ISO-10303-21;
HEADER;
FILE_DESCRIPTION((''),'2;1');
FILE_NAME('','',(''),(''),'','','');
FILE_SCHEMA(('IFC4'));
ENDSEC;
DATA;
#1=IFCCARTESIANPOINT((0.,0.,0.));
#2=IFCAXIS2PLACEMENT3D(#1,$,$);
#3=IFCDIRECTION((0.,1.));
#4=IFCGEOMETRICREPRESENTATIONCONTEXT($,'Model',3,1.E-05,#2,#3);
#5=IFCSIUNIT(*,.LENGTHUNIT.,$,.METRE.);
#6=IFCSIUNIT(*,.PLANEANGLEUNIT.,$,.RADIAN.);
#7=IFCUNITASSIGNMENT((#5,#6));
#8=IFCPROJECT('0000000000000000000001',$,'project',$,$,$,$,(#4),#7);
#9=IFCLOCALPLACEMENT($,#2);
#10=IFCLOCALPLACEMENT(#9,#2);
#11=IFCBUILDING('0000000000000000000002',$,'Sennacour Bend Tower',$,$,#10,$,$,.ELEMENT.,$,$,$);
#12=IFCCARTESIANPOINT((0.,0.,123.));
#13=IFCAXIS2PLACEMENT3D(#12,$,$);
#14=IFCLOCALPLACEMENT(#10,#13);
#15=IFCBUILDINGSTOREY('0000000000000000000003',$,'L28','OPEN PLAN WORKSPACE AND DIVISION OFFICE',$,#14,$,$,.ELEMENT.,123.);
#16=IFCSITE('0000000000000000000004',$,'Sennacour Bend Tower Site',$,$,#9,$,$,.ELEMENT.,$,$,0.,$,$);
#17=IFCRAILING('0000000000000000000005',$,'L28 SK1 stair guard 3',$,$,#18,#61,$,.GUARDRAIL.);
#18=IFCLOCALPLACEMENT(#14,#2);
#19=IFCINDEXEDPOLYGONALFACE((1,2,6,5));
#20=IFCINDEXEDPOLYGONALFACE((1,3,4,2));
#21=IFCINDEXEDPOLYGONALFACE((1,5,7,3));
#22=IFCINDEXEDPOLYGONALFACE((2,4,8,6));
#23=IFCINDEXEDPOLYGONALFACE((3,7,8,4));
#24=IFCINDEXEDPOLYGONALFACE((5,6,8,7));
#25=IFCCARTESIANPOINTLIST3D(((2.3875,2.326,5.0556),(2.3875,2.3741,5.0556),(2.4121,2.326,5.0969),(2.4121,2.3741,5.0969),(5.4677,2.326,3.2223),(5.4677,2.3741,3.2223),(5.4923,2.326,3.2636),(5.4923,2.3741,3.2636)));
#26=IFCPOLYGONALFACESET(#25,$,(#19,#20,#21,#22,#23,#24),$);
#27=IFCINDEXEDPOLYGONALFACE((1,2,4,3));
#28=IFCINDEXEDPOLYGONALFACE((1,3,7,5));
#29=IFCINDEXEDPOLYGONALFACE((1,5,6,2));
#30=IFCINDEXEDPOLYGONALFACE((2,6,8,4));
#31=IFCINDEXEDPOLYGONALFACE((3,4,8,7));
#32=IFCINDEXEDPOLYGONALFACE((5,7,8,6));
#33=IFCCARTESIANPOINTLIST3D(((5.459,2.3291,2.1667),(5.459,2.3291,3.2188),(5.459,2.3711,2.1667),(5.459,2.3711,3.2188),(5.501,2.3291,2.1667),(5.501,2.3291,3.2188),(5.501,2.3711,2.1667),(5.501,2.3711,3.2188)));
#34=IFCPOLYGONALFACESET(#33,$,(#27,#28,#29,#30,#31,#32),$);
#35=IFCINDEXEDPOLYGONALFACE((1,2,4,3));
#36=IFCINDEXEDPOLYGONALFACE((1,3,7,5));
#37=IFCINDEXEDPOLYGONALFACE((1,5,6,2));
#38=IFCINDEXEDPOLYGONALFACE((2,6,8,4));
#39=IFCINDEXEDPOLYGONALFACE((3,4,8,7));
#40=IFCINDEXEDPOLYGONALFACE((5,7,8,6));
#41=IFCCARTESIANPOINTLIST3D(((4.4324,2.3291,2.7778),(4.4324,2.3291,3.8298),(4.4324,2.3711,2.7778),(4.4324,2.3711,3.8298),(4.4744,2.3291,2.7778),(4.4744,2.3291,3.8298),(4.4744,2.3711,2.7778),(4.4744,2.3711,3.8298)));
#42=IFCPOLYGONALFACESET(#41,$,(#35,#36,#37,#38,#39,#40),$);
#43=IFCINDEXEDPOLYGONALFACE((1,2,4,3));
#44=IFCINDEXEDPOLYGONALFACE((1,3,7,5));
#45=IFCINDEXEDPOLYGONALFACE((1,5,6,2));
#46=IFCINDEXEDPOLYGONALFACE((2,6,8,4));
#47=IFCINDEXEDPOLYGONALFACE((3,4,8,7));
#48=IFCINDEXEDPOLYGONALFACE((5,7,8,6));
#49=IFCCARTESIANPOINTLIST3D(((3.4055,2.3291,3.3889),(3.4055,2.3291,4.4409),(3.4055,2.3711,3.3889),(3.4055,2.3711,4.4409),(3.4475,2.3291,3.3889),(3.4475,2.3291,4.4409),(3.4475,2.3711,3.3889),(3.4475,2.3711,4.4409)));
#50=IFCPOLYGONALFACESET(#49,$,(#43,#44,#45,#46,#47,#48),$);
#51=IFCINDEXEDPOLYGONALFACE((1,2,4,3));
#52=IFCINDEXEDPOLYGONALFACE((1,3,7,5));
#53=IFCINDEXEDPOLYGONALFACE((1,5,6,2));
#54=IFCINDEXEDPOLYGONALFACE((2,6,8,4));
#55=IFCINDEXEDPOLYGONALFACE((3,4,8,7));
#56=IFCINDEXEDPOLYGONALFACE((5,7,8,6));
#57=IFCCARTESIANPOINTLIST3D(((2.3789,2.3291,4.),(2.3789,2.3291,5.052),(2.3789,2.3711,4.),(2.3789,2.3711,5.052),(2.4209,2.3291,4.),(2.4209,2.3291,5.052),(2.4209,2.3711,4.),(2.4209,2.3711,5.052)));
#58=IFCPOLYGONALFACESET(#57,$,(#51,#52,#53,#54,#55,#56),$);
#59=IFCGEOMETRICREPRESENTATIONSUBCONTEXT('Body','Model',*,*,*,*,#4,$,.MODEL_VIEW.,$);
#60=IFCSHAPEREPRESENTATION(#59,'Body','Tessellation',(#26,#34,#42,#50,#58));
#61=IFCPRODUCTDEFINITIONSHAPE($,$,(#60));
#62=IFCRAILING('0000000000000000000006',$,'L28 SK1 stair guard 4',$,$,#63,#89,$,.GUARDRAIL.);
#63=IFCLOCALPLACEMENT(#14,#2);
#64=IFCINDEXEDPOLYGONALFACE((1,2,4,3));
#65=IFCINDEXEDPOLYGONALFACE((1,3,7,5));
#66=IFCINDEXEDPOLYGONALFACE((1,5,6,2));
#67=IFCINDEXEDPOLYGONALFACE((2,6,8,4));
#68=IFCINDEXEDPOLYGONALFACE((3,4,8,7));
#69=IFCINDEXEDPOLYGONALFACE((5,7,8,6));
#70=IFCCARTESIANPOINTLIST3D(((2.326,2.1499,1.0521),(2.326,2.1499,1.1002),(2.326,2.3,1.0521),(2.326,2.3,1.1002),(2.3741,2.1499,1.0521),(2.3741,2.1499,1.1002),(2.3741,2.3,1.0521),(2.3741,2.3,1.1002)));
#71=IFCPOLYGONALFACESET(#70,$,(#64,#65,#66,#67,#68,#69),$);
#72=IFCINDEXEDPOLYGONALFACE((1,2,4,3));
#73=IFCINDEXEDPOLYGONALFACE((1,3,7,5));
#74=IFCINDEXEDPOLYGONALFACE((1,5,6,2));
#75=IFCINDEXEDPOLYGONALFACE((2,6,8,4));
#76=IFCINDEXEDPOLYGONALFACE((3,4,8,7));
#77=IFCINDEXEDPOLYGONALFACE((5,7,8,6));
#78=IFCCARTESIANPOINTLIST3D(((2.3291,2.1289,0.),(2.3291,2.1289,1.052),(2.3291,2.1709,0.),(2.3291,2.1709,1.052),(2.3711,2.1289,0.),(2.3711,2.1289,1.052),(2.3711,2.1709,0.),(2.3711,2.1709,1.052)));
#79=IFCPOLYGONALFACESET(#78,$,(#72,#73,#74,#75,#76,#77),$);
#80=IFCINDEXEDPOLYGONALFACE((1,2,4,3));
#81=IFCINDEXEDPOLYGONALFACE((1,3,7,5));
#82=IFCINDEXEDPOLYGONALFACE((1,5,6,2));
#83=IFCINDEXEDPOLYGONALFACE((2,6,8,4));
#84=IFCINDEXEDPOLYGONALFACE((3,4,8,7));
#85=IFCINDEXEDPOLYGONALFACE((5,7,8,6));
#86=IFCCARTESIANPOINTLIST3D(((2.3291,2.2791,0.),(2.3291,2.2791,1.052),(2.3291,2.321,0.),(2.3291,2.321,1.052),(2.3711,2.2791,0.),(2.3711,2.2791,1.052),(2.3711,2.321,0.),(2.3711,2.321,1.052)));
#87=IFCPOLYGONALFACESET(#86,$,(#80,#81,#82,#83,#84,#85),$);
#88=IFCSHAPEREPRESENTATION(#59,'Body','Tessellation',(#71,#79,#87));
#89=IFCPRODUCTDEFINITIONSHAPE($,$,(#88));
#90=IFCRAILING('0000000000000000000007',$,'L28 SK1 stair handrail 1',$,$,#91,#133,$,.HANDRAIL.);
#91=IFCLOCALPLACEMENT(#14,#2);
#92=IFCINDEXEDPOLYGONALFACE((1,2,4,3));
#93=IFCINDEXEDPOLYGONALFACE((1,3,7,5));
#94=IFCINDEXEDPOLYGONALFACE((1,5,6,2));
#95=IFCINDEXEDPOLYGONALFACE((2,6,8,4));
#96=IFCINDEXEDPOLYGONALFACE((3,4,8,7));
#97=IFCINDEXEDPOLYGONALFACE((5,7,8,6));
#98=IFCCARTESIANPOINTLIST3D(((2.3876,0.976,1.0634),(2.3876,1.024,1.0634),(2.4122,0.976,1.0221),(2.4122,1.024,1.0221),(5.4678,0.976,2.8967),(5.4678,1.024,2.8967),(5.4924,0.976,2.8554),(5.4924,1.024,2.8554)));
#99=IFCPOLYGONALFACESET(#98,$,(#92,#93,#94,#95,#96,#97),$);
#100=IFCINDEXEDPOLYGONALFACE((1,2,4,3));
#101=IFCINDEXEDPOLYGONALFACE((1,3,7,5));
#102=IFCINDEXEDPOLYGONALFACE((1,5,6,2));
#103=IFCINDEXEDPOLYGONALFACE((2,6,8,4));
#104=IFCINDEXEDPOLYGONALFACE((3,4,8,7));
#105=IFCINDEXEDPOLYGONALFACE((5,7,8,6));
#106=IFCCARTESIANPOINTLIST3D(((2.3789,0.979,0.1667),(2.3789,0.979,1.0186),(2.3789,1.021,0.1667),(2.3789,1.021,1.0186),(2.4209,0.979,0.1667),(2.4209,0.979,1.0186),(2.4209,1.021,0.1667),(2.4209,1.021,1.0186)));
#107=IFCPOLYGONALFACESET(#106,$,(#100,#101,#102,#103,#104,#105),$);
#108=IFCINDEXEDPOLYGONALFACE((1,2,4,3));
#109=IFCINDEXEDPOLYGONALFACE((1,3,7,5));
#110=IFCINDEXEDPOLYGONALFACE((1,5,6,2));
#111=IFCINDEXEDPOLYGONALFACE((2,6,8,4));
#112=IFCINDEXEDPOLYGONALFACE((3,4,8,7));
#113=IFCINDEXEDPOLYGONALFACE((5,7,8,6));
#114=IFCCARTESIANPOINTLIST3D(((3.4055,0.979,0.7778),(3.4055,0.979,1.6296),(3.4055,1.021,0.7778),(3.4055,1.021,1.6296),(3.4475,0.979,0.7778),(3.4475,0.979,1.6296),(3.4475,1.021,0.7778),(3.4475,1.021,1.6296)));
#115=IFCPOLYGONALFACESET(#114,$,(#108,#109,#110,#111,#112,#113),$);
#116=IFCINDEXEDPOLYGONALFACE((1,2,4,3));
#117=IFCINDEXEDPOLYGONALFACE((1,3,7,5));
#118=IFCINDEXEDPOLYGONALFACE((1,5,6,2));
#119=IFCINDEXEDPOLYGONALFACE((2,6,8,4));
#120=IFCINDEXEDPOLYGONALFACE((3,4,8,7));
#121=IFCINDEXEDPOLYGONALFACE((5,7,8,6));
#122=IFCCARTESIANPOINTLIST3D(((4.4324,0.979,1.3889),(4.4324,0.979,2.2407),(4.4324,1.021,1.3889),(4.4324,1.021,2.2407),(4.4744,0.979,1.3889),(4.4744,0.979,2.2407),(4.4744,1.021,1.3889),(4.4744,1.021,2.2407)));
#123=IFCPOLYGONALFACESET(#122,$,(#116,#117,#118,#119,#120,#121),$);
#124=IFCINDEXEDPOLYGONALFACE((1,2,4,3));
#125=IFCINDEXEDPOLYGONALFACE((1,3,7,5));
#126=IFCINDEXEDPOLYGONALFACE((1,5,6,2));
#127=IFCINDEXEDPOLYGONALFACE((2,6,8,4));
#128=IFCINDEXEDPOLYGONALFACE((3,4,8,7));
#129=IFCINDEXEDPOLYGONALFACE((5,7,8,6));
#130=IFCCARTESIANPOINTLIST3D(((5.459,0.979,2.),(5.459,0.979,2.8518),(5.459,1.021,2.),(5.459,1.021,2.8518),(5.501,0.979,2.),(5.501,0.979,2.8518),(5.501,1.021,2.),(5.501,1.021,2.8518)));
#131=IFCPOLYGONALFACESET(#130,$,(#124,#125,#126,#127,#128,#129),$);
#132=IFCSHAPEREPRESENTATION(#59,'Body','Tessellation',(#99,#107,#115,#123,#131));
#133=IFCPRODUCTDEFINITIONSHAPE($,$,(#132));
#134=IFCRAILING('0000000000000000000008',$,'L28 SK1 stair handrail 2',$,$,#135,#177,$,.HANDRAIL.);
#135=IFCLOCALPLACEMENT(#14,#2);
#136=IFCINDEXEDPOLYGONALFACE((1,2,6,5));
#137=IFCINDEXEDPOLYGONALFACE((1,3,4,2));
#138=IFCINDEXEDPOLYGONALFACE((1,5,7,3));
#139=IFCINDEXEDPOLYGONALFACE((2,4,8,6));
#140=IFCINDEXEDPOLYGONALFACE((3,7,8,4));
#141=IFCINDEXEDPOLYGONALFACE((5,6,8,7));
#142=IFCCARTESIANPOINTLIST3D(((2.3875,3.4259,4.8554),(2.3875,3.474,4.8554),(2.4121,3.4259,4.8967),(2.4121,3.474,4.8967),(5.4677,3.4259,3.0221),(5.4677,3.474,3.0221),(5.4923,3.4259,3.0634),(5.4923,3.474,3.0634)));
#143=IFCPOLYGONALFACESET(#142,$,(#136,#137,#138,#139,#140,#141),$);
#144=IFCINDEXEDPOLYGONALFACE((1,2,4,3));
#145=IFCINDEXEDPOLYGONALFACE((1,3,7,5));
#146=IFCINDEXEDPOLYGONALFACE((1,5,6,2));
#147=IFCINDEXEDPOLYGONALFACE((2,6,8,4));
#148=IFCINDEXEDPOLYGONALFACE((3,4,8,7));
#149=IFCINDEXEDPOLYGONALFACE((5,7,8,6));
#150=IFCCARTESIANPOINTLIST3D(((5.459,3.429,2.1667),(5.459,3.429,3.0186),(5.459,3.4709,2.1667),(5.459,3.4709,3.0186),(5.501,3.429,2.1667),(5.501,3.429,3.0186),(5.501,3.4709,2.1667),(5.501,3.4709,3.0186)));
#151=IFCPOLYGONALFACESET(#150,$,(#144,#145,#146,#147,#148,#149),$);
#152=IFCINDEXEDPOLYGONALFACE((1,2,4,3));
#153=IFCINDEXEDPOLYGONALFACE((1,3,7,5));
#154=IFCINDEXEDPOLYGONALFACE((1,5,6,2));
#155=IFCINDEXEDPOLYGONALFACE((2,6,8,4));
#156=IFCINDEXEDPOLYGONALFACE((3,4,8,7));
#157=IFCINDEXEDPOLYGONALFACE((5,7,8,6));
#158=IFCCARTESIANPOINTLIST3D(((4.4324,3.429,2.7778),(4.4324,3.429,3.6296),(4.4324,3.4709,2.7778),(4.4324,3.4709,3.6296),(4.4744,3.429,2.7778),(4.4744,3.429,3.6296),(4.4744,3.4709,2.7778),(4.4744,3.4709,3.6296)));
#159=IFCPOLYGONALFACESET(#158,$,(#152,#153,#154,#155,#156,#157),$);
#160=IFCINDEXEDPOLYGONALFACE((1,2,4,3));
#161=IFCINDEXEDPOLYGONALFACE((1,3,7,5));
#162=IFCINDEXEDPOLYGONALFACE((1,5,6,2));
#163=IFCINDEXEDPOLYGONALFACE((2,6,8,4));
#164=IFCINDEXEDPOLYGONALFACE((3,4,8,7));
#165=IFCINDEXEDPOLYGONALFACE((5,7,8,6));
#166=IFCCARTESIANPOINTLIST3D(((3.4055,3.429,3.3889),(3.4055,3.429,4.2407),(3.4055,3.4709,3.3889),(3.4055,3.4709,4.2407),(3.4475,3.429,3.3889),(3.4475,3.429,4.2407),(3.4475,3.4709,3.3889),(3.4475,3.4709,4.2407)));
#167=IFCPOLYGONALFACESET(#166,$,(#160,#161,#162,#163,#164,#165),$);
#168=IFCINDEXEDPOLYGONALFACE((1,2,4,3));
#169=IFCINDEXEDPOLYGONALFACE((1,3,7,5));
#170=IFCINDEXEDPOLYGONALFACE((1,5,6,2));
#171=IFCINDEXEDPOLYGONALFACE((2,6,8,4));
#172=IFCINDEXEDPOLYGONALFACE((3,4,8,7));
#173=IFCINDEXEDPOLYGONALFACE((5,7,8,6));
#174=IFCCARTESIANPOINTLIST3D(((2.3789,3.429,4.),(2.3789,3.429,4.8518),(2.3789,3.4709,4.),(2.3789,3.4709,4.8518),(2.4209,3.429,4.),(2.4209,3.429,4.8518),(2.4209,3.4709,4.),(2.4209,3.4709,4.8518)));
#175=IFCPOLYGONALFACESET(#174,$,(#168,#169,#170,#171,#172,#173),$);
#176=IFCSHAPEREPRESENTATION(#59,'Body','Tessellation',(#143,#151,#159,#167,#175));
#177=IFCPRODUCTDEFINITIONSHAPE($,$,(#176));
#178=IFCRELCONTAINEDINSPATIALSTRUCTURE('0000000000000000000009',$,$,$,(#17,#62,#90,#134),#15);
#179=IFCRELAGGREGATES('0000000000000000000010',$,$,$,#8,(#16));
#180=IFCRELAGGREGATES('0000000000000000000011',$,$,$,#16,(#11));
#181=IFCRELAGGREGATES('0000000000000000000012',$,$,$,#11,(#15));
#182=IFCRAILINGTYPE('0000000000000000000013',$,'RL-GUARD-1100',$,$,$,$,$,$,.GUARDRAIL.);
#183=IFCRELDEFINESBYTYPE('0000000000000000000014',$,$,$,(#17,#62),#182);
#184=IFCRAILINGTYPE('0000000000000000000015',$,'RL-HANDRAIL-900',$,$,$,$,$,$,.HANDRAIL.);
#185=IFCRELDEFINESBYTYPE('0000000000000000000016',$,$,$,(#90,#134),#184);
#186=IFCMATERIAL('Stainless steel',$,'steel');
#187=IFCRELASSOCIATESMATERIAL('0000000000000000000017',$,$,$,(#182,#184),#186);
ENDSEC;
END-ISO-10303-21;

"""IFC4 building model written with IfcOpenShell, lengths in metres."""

from ifc_helpers import new_model, si_unit, direction, frame, origin, origin_2d, place, context, subcontext, project, spatial, rectangle, extrude, material, type_object, element, save


model = new_model("IFC4")

# Units and contexts
model_context = context("Model", 3, precision=1e-05, world=origin(), true_north=direction((0.0, 1.0)))
body_context = subcontext(model_context, "Body", "Model", "MODEL_VIEW")
ifc_project = project(units=[si_unit("LENGTHUNIT", "METRE"), si_unit("PLANEANGLEUNIT", "RADIAN")], contexts=[model_context])

# Site, building, storey
site_placement = place(None, origin())
site = spatial("IfcSite", under=ifc_project, at=site_placement, Name="Sennacour Bend Tower Site", CompositionType="ELEMENT", RefElevation=0.0)
building_placement = place(site_placement, origin())
building = spatial("IfcBuilding", under=site, at=building_placement, Name="Sennacour Bend Tower", CompositionType="ELEMENT")
storey_placement = place(building_placement, frame((0.0, 0.0, 123.0)))
storey = spatial("IfcBuildingStorey", under=building, at=storey_placement, Name="L28", Description="OPEN PLAN WORKSPACE AND DIVISION OFFICE", CompositionType="ELEMENT", Elevation=123.0)

# Railings
ifc_material_1 = material(Name="Stainless steel", Category="steel")
railing_type_1 = type_object("IfcRailingType", Name="RL-GUARD-1100", PredefinedType="GUARDRAIL", material=ifc_material_1)
railing_1_placement = place(storey_placement, frame((5.48, 2.3501, 2.1667)))
element("IfcRailing", 1, at=railing_1_placement, inside=storey, type_object=railing_type_1, Name="L28 SK1 stair guard 3", PredefinedType="GUARDRAIL", context=body_context, shape_type="SweptSolid", body=[
    extrude(rectangle(XDim=0.0481, YDim=0.0481, at=origin_2d()), frame((0.0, 0.0, 1.0762), z_axis=(-0.859309, 0.0, 0.511458), x_axis=(0.0, -1.0, 0.0)), (0.0, 0.0, 1.0), 3.5845),
    extrude(rectangle(XDim=0.042, YDim=0.042, at=origin_2d()), origin(), (0.0, 0.0, 1.0), 1.052),
    extrude(rectangle(XDim=0.042, YDim=0.042, at=origin_2d()), frame((-1.0266, 0.0, 0.6111)), (0.0, 0.0, 1.0), 1.052),
    extrude(rectangle(XDim=0.042, YDim=0.042, at=origin_2d()), frame((-2.0535, 0.0, 1.2222)), (0.0, 0.0, 1.0), 1.052),
    extrude(rectangle(XDim=0.042, YDim=0.042, at=origin_2d()), frame((-3.0801, 0.0, 1.8333)), (0.0, 0.0, 1.0), 1.052),
])
railing_2_placement = place(storey_placement, frame((2.3501, 2.1499, 0.0)))
element("IfcRailing", 2, at=railing_2_placement, inside=storey, type_object=railing_type_1, Name="L28 SK1 stair guard 4", PredefinedType="GUARDRAIL", context=body_context, shape_type="SweptSolid", body=[
    extrude(rectangle(XDim=0.0481, YDim=0.0481, at=origin_2d()), frame((0.0, 0.0, 1.0762), z_axis=(0.0, 1.0, 0.0), x_axis=(-1.0, 0.0, 0.0)), (0.0, 0.0, 1.0), 0.1501),
    extrude(rectangle(XDim=0.042, YDim=0.042, at=origin_2d()), origin(), (0.0, 0.0, 1.0), 1.052),
    extrude(rectangle(XDim=0.042, YDim=0.042, at=origin_2d()), frame((0.0, 0.1501, 0.0)), (0.0, 0.0, 1.0), 1.052),
])
railing_type_2 = type_object("IfcRailingType", Name="RL-HANDRAIL-900", PredefinedType="HANDRAIL", material=ifc_material_1)
railing_3_placement = place(storey_placement, frame((2.3999, 1.0, 0.1667)))
element("IfcRailing", 3, at=railing_3_placement, inside=storey, type_object=railing_type_2, Name="L28 SK1 stair handrail 1", PredefinedType="HANDRAIL", context=body_context, shape_type="SweptSolid", body=[
    extrude(rectangle(XDim=0.0481, YDim=0.0481, at=origin_2d()), frame((0.0, 0.0, 0.876), z_axis=(0.859309, 0.0, 0.511458), x_axis=(0.0, 1.0, 0.0)), (0.0, 0.0, 1.0), 3.5845),
    extrude(rectangle(XDim=0.042, YDim=0.042, at=origin_2d()), origin(), (0.0, 0.0, 1.0), 0.8518),
    extrude(rectangle(XDim=0.042, YDim=0.042, at=origin_2d()), frame((1.0266, 0.0, 0.6111)), (0.0, 0.0, 1.0), 0.8518),
    extrude(rectangle(XDim=0.042, YDim=0.042, at=origin_2d()), frame((2.0535, 0.0, 1.2222)), (0.0, 0.0, 1.0), 0.8518),
    extrude(rectangle(XDim=0.042, YDim=0.042, at=origin_2d()), frame((3.0801, 0.0, 1.8333)), (0.0, 0.0, 1.0), 0.8518),
])
railing_4_placement = place(storey_placement, frame((5.48, 3.45, 2.1667)))
element("IfcRailing", 4, at=railing_4_placement, inside=storey, type_object=railing_type_2, Name="L28 SK1 stair handrail 2", PredefinedType="HANDRAIL", context=body_context, shape_type="SweptSolid", body=[
    extrude(rectangle(XDim=0.0481, YDim=0.0481, at=origin_2d()), frame((0.0, 0.0, 0.876), z_axis=(-0.859309, 0.0, 0.511458), x_axis=(0.0, -1.0, 0.0)), (0.0, 0.0, 1.0), 3.5845),
    extrude(rectangle(XDim=0.042, YDim=0.042, at=origin_2d()), origin(), (0.0, 0.0, 1.0), 0.8518),
    extrude(rectangle(XDim=0.042, YDim=0.042, at=origin_2d()), frame((-1.0266, 0.0, 0.6111)), (0.0, 0.0, 1.0), 0.8518),
    extrude(rectangle(XDim=0.042, YDim=0.042, at=origin_2d()), frame((-2.0535, 0.0, 1.2222)), (0.0, 0.0, 1.0), 0.8518),
    extrude(rectangle(XDim=0.042, YDim=0.042, at=origin_2d()), frame((-3.0801, 0.0, 1.8333)), (0.0, 0.0, 1.0), 0.8518),
])

save(model, "model.ifc")
